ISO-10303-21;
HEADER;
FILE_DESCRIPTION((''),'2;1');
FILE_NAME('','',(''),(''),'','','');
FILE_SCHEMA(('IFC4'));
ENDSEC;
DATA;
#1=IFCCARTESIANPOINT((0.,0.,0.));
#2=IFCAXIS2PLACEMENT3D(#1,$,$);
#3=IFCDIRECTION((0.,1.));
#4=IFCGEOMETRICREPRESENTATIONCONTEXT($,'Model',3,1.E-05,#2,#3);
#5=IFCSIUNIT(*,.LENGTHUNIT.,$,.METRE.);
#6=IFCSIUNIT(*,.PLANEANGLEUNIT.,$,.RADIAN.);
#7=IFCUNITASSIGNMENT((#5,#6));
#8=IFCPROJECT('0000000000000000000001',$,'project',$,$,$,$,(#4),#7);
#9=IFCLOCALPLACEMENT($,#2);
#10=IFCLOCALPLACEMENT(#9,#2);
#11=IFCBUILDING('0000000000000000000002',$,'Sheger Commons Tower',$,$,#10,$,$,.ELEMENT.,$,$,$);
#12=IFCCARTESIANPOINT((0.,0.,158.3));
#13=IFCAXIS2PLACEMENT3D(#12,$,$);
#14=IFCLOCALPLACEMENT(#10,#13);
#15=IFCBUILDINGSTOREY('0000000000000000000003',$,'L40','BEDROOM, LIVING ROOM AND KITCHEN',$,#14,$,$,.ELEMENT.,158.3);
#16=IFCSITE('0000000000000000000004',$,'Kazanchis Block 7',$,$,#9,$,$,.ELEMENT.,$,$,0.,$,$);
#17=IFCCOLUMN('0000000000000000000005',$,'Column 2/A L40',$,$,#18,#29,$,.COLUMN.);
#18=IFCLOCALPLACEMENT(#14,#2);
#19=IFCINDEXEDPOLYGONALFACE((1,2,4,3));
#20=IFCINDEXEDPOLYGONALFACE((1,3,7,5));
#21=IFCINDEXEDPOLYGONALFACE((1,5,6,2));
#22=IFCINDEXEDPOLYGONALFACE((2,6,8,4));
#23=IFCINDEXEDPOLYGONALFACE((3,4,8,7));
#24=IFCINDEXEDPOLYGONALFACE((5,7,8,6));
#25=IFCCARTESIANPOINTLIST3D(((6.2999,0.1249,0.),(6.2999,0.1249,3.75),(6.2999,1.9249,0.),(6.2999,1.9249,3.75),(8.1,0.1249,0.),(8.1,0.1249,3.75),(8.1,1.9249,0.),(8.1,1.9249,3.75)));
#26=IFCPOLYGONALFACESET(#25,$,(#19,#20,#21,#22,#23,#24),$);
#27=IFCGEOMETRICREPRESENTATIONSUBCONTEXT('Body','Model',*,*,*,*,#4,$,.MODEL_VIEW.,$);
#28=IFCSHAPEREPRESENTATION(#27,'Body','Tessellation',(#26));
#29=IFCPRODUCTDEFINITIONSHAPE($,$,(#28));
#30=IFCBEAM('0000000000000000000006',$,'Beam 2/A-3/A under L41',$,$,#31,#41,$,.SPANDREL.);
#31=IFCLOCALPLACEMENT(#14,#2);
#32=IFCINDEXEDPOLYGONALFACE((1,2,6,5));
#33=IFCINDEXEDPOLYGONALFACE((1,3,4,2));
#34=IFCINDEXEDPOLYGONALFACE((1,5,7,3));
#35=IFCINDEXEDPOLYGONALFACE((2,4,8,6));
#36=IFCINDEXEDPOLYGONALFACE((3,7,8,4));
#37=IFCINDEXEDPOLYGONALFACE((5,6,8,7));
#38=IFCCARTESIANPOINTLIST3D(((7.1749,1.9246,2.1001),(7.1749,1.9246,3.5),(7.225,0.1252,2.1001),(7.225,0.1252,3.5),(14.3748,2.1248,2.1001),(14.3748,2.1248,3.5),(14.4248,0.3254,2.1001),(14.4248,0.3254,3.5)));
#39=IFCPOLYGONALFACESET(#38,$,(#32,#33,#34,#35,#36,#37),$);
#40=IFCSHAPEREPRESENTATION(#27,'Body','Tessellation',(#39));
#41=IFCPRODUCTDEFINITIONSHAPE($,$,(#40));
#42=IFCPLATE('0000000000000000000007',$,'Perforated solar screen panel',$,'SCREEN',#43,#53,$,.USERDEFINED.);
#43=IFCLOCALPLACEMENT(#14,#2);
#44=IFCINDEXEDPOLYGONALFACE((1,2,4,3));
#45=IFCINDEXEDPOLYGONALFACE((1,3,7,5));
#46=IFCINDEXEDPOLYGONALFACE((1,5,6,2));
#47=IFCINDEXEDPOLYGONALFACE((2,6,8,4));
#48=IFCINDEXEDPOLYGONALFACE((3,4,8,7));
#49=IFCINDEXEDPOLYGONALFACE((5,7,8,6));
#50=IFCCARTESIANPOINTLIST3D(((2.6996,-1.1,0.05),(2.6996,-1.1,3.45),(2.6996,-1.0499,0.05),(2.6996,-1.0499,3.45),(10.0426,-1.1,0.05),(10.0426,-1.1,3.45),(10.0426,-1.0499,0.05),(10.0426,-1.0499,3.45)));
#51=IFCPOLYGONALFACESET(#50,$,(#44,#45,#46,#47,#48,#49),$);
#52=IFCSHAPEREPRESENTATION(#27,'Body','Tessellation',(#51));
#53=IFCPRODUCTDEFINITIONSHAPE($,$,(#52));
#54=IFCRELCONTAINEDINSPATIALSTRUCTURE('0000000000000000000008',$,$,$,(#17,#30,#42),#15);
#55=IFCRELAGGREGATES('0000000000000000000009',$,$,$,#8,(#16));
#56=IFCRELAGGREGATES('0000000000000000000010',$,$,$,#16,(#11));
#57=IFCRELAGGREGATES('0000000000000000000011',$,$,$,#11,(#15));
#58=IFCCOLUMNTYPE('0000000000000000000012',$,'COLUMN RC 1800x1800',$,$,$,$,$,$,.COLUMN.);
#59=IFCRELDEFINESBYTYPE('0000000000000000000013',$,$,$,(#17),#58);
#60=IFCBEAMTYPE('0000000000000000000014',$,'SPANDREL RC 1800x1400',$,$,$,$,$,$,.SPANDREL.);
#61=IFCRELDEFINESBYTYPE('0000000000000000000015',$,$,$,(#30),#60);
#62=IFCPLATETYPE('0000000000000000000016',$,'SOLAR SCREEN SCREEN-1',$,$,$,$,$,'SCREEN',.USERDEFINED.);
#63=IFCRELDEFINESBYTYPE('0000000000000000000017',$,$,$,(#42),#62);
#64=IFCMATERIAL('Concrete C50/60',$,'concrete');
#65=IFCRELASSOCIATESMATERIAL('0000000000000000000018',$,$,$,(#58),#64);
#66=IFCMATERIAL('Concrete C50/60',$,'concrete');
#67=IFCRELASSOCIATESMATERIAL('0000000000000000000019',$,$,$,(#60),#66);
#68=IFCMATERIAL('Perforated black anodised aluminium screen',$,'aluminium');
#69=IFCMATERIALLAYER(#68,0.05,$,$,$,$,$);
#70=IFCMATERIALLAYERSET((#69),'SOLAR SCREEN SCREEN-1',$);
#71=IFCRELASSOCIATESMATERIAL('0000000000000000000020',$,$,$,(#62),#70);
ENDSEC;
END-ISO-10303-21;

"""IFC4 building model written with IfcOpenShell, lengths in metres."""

from ifc_helpers import new_model, si_unit, direction, frame, origin, origin_2d, place, context, subcontext, project, spatial, rectangle, extrude, material, layer, layer_set, material_profile, profile_set, type_object, element, save


model = new_model("IFC4")

# Units and contexts
model_context = context("Model", 3, precision=1e-05, world=origin(), true_north=direction((0.0, 1.0)))
body_context = subcontext(model_context, "Body", "Model", "MODEL_VIEW")
ifc_project = project(units=[si_unit("LENGTHUNIT", "METRE"), si_unit("PLANEANGLEUNIT", "RADIAN")], contexts=[model_context])

# Site, building, storey
site_placement = place(None, origin())
site = spatial("IfcSite", under=ifc_project, at=site_placement, Name="Kazanchis Block 7", CompositionType="ELEMENT", RefElevation=0.0)
building_placement = place(site_placement, origin())
building = spatial("IfcBuilding", under=site, at=building_placement, Name="Sheger Commons Tower", CompositionType="ELEMENT")
storey_placement = place(building_placement, frame((0.0, 0.0, 158.3)))
storey = spatial("IfcBuildingStorey", under=building, at=storey_placement, Name="L40", Description="BEDROOM, LIVING ROOM AND KITCHEN", CompositionType="ELEMENT", Elevation=158.3)

# Column
ifc_material_1 = material(Name="Concrete C50/60", Category="concrete")
ifc_material_profile_1 = material_profile(ifc_material_1, rectangle(XDim=1.8, YDim=1.8, at=origin_2d()), Name="RC 1800x1800")
ifc_profile_set_1 = profile_set([ifc_material_profile_1], Name="Concrete C50/60")
column_type = type_object("IfcColumnType", Name="COLUMN RC 1800x1800", PredefinedType="COLUMN", material=ifc_profile_set_1)
column_placement = place(storey_placement, frame((7.2, 1.0249, 0.0), z_axis=(0.0, 0.0, 1.0), x_axis=(1.0, 0.0, 0.0)))
element("IfcColumn", 1, at=column_placement, inside=storey, type_object=column_type, Name="Column 2/A L40", PredefinedType="COLUMN", context=body_context, shape_type="SweptSolid", body=[
    extrude(rectangle(XDim=1.8, YDim=1.8, at=origin_2d()), origin(), (0.0, 0.0, 1.0), 3.75),
])

# Beam
ifc_material_2 = material(Name="Concrete C50/60", Category="concrete")
ifc_material_profile_2 = material_profile(ifc_material_2, rectangle(XDim=1.8, YDim=1.3999, at=origin_2d()), Name="RC 1800x1400")
ifc_profile_set_2 = profile_set([ifc_material_profile_2], Name="Concrete C50/60")
beam_type = type_object("IfcBeamType", Name="SPANDREL RC 1800x1400", PredefinedType="SPANDREL", material=ifc_profile_set_2)
beam_placement = place(storey_placement, frame((7.2, 1.0249, 2.8), z_axis=(0.999614, 0.027794, 0.0), x_axis=(-0.027794, 0.999614, 0.0)))
element("IfcBeam", 2, at=beam_placement, inside=storey, type_object=beam_type, Name="Beam 2/A-3/A under L41", PredefinedType="SPANDREL", context=body_context, shape_type="SweptSolid", body=[
    extrude(rectangle(XDim=1.8, YDim=1.3999, at=origin_2d()), origin(), (0.0, 0.0, 1.0), 7.2026),
])

# Plate
ifc_material_3 = material(Name="Perforated black anodised aluminium screen", Category="aluminium")
ifc_layer_1 = layer(ifc_material_3, 0.05)
ifc_layer_set_1 = layer_set([ifc_layer_1], Name="SOLAR SCREEN SCREEN-1")
plate_type = type_object("IfcPlateType", Name="SOLAR SCREEN SCREEN-1", ElementType="SCREEN", PredefinedType="USERDEFINED", material=ifc_layer_set_1)
plate_placement = place(storey_placement, frame((6.3711, -1.075, 0.05), z_axis=(0.0, 0.0, 1.0), x_axis=(1.0, 0.0, 0.0)))
element("IfcPlate", 3, at=plate_placement, inside=storey, type_object=plate_type, Name="Perforated solar screen panel", ObjectType="SCREEN", PredefinedType="USERDEFINED", context=body_context, shape_type="SweptSolid", body=[
    extrude(rectangle(XDim=7.343, YDim=0.05, at=origin_2d()), origin(), (0.0, 0.0, 1.0), 3.3999),
])

save(model, "model.ifc")
